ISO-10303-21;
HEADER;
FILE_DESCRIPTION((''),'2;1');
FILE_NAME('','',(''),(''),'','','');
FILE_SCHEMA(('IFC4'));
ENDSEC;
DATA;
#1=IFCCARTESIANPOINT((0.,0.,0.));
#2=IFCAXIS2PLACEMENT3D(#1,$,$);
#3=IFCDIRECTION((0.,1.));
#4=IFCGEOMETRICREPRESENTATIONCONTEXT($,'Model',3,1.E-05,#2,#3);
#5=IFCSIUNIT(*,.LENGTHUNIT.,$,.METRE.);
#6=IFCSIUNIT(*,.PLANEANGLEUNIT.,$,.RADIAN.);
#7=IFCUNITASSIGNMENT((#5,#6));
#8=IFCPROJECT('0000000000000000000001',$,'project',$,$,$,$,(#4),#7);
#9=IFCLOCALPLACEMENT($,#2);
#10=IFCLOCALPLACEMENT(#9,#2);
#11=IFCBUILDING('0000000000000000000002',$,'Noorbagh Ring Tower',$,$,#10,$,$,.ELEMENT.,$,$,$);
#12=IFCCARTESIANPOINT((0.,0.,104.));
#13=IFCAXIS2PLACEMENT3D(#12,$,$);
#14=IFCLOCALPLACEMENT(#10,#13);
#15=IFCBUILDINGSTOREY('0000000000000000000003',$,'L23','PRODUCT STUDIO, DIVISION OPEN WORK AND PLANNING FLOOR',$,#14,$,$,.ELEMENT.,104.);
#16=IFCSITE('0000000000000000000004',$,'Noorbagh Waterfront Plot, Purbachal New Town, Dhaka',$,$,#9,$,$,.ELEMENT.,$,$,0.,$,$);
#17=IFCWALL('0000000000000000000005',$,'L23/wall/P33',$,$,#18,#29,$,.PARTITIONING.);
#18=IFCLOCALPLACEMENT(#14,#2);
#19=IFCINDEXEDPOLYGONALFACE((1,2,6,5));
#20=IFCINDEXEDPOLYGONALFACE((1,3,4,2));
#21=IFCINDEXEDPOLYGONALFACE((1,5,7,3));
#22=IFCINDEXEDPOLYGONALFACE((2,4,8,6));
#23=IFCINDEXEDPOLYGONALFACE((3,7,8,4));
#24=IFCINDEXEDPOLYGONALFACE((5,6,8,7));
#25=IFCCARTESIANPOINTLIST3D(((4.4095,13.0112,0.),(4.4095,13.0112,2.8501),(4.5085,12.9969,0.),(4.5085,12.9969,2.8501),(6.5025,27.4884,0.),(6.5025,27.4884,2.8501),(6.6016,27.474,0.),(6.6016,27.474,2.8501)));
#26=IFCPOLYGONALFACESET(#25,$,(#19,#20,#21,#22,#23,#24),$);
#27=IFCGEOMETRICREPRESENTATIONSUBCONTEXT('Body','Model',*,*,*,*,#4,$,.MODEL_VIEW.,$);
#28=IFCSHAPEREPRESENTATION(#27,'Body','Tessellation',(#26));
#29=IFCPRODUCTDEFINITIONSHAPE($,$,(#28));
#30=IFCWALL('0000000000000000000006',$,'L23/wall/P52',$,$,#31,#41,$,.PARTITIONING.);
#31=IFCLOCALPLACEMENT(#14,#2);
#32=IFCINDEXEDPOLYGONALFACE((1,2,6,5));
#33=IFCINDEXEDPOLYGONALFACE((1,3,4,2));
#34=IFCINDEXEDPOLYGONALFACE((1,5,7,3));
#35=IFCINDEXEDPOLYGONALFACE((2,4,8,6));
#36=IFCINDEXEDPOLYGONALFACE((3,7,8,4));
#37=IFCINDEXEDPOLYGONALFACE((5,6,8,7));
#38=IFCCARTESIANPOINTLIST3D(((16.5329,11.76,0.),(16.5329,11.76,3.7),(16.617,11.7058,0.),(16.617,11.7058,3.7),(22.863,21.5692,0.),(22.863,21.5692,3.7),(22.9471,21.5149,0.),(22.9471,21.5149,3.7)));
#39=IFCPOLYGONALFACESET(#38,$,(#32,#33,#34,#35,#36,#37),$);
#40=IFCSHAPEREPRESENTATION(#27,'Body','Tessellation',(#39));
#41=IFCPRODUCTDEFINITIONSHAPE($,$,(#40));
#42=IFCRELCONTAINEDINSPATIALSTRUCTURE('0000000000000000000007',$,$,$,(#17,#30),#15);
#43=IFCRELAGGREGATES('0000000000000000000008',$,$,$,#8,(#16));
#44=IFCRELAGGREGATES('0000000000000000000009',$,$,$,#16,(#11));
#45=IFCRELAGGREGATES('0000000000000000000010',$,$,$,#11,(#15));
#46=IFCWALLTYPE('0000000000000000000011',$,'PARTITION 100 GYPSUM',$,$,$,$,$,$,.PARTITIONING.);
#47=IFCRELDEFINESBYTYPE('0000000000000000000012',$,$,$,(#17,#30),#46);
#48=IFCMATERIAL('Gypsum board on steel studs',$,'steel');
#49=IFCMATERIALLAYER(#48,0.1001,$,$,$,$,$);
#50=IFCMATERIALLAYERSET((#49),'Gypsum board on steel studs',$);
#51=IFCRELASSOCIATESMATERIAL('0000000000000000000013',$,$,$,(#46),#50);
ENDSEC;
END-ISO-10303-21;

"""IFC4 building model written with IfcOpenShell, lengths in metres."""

from ifc_helpers import new_model, si_unit, direction, frame, frame_2d, origin, place, context, subcontext, project, spatial, rectangle, extrude, material, layer, layer_set, type_object, element, save


model = new_model("IFC4")

# Units and contexts
model_context = context("Model", 3, precision=1e-05, world=origin(), true_north=direction((0.0, 1.0)))
body_context = subcontext(model_context, "Body", "Model", "MODEL_VIEW")
ifc_project = project(units=[si_unit("LENGTHUNIT", "METRE"), si_unit("PLANEANGLEUNIT", "RADIAN")], contexts=[model_context])

# Site, building, storey
site_placement = place(None, origin())
site = spatial("IfcSite", under=ifc_project, at=site_placement, Name="Noorbagh Waterfront Plot, Purbachal New Town, Dhaka", CompositionType="ELEMENT", RefElevation=0.0)
building_placement = place(site_placement, origin())
building = spatial("IfcBuilding", under=site, at=building_placement, Name="Noorbagh Ring Tower", CompositionType="ELEMENT")
storey_placement = place(building_placement, frame((0.0, 0.0, 104.0)))
storey = spatial("IfcBuildingStorey", under=building, at=storey_placement, Name="L23", Description="PRODUCT STUDIO, DIVISION OPEN WORK AND PLANNING FLOOR", CompositionType="ELEMENT", Elevation=104.0)

# Walls
ifc_material_1 = material(Name="Gypsum board on steel studs", Category="steel")
ifc_layer_1 = layer(ifc_material_1, 0.1001)
ifc_layer_set_1 = layer_set([ifc_layer_1], Name="Gypsum board on steel studs")
wall_type_1 = type_object("IfcWallType", Name="PARTITION 100 GYPSUM", PredefinedType="PARTITIONING", material=ifc_layer_set_1)
wall_1_placement = place(storey_placement, frame((4.459, 13.0039, 0.0), z_axis=(0.0, 0.0, 1.0), x_axis=(0.143087, 0.98971, 0.0)))
element("IfcWall", 1, at=wall_1_placement, inside=storey, type_object=wall_type_1, Name="L23/wall/P33", PredefinedType="PARTITIONING", context=body_context, shape_type="SweptSolid", body=[
    extrude(rectangle(XDim=14.6277, YDim=0.1001, at=frame_2d((7.314, 0.0))), origin(), (0.0, 0.0, 1.0), 2.8501),
])
wall_2_placement = place(storey_placement, frame((16.575, 11.7329, 0.0), z_axis=(0.0, 0.0, 1.0), x_axis=(0.542226, 0.840233, 0.0)))
element("IfcWall", 2, at=wall_2_placement, inside=storey, type_object=wall_type_1, Name="L23/wall/P52", PredefinedType="PARTITIONING", context=body_context, shape_type="SweptSolid", body=[
    extrude(rectangle(XDim=11.6743, YDim=0.1001, at=frame_2d((5.8372, 0.0))), origin(), (0.0, 0.0, 1.0), 3.7),
])

save(model, "model.ifc")
